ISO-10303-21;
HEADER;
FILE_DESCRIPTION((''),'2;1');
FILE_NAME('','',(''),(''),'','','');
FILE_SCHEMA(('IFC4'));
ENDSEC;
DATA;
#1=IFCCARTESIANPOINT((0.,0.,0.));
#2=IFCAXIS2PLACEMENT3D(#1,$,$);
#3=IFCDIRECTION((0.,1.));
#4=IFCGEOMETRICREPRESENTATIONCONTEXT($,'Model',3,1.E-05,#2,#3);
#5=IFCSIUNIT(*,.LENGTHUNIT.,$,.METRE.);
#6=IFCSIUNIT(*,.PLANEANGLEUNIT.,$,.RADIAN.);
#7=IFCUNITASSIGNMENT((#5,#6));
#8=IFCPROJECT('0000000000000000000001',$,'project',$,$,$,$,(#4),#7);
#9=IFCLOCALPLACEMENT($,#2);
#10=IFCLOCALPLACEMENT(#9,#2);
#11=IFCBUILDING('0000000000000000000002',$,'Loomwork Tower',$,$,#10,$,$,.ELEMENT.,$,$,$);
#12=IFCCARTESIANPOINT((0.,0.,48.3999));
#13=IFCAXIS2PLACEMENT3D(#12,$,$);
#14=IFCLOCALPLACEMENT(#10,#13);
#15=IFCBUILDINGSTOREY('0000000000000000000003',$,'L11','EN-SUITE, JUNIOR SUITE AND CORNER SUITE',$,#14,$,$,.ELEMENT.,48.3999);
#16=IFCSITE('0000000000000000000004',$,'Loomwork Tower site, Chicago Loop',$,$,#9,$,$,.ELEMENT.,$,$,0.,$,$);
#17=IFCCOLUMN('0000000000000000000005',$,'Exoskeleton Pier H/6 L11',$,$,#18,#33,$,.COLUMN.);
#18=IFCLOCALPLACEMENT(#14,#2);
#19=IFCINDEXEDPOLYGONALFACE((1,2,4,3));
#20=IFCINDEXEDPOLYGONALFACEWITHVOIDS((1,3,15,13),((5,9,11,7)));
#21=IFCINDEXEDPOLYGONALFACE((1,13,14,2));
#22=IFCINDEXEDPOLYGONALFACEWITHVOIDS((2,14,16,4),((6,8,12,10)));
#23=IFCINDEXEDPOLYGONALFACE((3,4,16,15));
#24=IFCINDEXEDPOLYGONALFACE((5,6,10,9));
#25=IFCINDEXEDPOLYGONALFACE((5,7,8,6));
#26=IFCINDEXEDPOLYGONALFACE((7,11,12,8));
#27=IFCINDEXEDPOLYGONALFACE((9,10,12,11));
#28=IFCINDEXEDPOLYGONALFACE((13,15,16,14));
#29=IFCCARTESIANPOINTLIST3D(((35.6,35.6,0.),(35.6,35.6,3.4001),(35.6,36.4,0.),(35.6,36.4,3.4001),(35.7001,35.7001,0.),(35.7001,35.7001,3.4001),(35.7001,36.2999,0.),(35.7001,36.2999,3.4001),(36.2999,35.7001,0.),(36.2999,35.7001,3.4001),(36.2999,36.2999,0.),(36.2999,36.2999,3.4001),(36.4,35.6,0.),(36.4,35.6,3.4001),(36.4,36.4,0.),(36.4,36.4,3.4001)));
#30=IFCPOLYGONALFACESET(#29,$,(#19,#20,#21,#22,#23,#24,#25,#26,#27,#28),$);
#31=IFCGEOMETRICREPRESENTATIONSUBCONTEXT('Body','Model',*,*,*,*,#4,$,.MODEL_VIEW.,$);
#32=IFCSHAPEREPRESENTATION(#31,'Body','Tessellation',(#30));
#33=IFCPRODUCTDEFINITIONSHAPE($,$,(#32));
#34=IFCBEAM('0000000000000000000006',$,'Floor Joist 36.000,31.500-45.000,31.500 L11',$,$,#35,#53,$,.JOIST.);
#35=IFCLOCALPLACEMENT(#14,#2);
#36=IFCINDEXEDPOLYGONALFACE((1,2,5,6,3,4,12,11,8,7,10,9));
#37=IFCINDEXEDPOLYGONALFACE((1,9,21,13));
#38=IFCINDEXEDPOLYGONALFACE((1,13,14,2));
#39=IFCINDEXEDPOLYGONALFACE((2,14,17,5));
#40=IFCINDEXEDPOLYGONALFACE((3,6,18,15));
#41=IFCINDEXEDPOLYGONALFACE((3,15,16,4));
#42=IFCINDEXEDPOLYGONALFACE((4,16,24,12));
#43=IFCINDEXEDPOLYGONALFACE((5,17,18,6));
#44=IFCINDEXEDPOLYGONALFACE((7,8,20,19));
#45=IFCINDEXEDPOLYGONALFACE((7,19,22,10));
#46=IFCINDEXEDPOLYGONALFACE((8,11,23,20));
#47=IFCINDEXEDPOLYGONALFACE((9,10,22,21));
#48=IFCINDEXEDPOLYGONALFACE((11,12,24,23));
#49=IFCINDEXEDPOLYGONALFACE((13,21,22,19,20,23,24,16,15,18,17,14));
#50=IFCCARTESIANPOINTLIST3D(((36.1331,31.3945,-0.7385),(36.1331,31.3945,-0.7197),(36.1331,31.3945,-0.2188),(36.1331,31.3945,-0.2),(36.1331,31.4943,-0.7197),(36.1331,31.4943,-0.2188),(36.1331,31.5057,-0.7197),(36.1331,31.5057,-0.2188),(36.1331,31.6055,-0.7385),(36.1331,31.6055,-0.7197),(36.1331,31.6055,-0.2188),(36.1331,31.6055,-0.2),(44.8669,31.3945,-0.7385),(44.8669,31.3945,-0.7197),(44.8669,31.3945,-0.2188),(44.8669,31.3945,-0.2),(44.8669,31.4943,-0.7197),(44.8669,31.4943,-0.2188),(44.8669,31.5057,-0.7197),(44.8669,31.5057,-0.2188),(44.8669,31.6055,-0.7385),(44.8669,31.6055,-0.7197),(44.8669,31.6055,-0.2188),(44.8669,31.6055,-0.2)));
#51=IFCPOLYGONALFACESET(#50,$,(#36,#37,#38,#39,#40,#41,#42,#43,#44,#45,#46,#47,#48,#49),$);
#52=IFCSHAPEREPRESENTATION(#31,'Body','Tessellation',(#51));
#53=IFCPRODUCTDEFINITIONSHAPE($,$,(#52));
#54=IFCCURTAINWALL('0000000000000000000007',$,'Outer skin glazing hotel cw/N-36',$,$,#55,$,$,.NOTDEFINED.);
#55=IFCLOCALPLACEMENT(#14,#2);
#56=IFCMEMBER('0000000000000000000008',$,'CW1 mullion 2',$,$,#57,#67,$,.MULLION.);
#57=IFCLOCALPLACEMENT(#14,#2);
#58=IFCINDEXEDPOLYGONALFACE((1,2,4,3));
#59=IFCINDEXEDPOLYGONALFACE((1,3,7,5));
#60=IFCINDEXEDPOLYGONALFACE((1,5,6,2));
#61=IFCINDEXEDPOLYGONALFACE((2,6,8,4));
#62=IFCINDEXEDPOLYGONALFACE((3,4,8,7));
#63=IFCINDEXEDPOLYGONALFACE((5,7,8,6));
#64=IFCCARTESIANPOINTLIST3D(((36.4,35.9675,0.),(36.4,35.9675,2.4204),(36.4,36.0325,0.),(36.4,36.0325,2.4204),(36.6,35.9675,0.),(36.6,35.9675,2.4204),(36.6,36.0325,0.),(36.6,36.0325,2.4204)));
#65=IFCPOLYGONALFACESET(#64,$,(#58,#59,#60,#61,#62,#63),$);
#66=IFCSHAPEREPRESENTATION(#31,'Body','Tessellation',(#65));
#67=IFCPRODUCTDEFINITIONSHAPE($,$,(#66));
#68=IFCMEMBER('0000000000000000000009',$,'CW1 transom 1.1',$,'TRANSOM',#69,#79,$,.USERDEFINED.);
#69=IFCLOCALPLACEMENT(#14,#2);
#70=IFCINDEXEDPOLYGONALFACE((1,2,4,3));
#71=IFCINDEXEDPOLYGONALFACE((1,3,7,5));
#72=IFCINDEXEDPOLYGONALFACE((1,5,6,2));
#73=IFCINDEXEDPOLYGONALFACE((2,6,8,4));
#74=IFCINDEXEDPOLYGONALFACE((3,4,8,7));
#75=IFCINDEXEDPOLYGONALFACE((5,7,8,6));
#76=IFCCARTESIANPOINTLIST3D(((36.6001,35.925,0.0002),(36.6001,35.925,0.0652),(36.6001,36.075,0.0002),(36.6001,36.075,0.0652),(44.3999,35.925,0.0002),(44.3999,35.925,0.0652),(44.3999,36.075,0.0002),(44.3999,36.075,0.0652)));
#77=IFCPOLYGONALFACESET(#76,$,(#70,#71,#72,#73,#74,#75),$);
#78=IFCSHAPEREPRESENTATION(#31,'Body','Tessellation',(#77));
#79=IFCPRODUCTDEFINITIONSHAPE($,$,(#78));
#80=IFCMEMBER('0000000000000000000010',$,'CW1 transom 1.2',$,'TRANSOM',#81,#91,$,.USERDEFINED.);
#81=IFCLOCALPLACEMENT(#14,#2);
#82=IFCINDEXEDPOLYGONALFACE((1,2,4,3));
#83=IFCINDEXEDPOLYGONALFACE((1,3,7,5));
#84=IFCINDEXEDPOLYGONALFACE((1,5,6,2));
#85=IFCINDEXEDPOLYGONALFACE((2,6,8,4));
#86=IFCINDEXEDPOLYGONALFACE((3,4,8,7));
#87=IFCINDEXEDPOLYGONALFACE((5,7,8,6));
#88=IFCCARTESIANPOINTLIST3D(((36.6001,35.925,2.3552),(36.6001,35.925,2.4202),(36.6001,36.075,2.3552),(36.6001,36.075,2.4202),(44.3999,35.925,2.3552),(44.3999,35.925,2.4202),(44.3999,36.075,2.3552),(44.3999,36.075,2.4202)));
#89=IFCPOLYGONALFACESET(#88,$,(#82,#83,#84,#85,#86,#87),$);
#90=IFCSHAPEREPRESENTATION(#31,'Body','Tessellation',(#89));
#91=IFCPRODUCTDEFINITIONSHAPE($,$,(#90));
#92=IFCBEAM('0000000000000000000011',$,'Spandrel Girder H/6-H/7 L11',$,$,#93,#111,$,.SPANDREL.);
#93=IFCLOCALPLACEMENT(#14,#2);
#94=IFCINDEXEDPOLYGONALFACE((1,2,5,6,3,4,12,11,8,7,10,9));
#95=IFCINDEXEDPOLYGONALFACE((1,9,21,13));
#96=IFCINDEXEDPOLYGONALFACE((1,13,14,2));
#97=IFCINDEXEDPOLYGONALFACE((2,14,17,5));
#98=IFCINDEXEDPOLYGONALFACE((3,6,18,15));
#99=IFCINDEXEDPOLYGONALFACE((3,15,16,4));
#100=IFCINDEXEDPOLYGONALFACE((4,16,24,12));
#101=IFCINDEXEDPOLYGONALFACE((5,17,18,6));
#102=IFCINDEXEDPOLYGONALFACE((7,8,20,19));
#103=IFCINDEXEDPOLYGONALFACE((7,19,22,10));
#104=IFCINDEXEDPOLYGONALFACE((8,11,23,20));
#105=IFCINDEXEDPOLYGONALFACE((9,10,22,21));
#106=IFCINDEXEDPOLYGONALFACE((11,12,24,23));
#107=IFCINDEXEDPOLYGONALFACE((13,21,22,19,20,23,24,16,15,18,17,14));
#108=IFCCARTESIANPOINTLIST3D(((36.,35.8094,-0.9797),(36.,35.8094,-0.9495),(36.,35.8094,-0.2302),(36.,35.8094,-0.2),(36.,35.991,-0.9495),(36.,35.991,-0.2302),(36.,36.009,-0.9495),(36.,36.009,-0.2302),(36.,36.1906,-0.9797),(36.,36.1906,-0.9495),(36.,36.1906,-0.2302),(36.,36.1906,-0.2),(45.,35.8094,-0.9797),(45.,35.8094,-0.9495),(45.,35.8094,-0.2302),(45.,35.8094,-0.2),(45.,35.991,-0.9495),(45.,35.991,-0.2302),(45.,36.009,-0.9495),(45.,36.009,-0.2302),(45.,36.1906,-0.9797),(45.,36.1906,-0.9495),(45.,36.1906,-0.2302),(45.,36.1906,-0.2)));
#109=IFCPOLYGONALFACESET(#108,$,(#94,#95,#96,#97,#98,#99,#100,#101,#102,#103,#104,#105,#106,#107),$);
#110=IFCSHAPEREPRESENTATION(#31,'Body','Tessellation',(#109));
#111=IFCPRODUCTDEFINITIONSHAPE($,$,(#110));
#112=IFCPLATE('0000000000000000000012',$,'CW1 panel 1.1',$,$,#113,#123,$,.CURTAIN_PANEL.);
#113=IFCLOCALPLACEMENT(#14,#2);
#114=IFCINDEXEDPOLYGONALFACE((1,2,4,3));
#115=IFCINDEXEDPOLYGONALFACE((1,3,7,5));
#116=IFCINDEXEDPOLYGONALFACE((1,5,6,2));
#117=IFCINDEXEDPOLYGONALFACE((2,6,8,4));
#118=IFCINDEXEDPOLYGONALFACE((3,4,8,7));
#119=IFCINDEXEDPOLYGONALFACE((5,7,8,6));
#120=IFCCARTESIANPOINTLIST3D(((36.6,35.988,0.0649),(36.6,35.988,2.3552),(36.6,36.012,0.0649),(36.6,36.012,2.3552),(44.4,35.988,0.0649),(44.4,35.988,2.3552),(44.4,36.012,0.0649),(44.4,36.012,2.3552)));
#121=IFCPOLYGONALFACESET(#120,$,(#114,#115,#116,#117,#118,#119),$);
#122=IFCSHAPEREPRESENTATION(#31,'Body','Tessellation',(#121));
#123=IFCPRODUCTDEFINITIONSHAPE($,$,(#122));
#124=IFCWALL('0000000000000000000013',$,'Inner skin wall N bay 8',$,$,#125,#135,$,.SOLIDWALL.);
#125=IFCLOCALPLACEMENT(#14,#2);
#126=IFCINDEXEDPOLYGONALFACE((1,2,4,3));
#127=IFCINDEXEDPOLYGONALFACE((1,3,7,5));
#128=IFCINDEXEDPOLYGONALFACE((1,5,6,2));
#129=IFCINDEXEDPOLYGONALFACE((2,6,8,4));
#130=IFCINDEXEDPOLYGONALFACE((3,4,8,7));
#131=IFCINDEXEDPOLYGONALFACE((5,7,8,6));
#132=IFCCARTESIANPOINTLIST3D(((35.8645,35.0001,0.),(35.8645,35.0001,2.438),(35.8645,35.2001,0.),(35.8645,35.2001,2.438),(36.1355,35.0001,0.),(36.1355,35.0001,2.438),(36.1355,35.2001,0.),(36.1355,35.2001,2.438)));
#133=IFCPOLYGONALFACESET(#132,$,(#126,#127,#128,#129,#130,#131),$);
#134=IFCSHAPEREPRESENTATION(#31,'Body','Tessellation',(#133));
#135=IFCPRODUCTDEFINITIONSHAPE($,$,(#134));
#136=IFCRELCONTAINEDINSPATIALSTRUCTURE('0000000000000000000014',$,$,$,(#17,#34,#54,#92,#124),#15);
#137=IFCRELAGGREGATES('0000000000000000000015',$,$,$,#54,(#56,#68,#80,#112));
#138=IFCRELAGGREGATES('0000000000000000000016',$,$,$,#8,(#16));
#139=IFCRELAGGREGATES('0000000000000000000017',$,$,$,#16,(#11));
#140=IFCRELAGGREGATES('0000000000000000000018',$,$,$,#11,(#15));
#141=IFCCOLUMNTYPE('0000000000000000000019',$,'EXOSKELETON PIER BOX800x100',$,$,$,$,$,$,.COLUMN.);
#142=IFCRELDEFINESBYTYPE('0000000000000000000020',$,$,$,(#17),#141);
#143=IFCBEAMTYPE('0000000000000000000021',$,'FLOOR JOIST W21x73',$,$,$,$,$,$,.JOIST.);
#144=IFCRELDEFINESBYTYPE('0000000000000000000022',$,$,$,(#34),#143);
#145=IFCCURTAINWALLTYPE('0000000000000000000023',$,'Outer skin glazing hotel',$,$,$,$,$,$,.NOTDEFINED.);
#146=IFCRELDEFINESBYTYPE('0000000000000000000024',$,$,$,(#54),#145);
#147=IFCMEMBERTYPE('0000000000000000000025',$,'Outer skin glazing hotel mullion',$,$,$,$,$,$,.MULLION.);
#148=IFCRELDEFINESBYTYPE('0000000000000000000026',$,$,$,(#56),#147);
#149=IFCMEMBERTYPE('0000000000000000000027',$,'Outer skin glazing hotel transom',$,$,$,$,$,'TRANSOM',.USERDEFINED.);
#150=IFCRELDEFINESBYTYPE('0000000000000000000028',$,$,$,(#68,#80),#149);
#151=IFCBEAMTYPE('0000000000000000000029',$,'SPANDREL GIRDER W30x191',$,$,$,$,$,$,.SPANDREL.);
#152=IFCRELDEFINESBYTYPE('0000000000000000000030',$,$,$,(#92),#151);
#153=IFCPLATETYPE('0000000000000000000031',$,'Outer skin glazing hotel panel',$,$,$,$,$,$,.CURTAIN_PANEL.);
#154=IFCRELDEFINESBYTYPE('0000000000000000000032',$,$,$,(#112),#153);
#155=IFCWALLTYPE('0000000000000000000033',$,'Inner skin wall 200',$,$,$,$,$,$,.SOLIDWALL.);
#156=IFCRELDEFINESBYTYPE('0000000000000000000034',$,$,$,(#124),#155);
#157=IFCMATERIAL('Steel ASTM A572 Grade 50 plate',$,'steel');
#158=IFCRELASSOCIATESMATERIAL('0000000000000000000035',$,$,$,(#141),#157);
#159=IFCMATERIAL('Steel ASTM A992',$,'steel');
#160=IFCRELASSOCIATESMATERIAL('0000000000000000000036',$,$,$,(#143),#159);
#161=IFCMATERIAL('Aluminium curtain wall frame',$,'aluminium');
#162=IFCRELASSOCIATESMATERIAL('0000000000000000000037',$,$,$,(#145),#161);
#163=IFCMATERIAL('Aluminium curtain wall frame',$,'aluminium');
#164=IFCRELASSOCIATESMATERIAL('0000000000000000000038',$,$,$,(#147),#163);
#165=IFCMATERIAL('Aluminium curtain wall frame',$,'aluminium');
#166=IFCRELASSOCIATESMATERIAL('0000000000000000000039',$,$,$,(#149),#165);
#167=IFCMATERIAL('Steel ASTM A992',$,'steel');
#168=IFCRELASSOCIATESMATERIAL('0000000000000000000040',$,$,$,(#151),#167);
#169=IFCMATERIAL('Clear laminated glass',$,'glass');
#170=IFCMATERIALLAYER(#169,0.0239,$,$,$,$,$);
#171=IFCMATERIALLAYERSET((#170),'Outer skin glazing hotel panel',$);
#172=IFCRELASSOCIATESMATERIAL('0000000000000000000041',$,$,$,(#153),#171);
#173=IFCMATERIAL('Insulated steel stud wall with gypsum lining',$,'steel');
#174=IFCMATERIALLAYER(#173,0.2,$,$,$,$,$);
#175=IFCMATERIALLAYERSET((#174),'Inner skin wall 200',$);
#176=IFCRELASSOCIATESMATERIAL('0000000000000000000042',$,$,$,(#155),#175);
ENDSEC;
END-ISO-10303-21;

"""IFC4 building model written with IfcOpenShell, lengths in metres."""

from ifc_helpers import new_model, si_unit, direction, frame, frame_2d, origin, origin_2d, place, context, subcontext, project, spatial, rectangle, hollow_rectangle, i_section, extrude, material, layer, layer_set, material_profile, profile_set, type_object, element, aggregate, save


model = new_model("IFC4")

# Units and contexts
model_context = context("Model", 3, precision=1e-05, world=origin(), true_north=direction((0.0, 1.0)))
body_context = subcontext(model_context, "Body", "Model", "MODEL_VIEW")
ifc_project = project(units=[si_unit("LENGTHUNIT", "METRE"), si_unit("PLANEANGLEUNIT", "RADIAN")], contexts=[model_context])

# Site, building, storey
site_placement = place(None, origin())
site = spatial("IfcSite", under=ifc_project, at=site_placement, Name="Loomwork Tower site, Chicago Loop", CompositionType="ELEMENT", RefElevation=0.0)
building_placement = place(site_placement, origin())
building = spatial("IfcBuilding", under=site, at=building_placement, Name="Loomwork Tower", CompositionType="ELEMENT")
storey_placement = place(building_placement, frame((0.0, 0.0, 48.3999)))
storey = spatial("IfcBuildingStorey", under=building, at=storey_placement, Name="L11", Description="EN-SUITE, JUNIOR SUITE AND CORNER SUITE", CompositionType="ELEMENT", Elevation=48.3999)

# Column
ifc_material_1 = material(Name="Steel ASTM A572 Grade 50 plate", Category="steel")
ifc_material_profile_1 = material_profile(ifc_material_1, hollow_rectangle(XDim=0.8, YDim=0.8, WallThickness=0.1001, at=origin_2d()), Name="BOX800x100")
ifc_profile_set_1 = profile_set([ifc_material_profile_1], Name="Steel ASTM A572 Grade 50 plate")
column_type = type_object("IfcColumnType", Name="EXOSKELETON PIER BOX800x100", PredefinedType="COLUMN", material=ifc_profile_set_1)
column_placement = place(storey_placement, frame((36.0, 36.0, 0.0), z_axis=(0.0, 0.0, 1.0), x_axis=(1.0, 0.0, 0.0)))
element("IfcColumn", 1, at=column_placement, inside=storey, type_object=column_type, Name="Exoskeleton Pier H/6 L11", PredefinedType="COLUMN", context=body_context, shape_type="SweptSolid", body=[
    extrude(hollow_rectangle(XDim=0.8, YDim=0.8, WallThickness=0.1001, at=origin_2d()), origin(), (0.0, 0.0, 1.0), 3.4001),
])

# Beam
ifc_material_2 = material(Name="Steel ASTM A992", Category="steel")
ifc_material_profile_2 = material_profile(ifc_material_2, i_section(OverallWidth=0.2109, OverallDepth=0.5386, WebThickness=0.0115, FlangeThickness=0.0188, at=origin_2d()), Name="W21x73")
ifc_profile_set_2 = profile_set([ifc_material_profile_2], Name="Steel ASTM A992")
beam_type_1 = type_object("IfcBeamType", Name="FLOOR JOIST W21x73", PredefinedType="JOIST", material=ifc_profile_set_2)
beam_1_placement = place(storey_placement, frame((36.1331, 31.5, -0.4692), z_axis=(1.0, 0.0, 0.0), x_axis=(0.0, 1.0, 0.0)))
element("IfcBeam", 2, at=beam_1_placement, inside=storey, type_object=beam_type_1, Name="Floor Joist 36.000,31.500-45.000,31.500 L11", PredefinedType="JOIST", context=body_context, shape_type="SweptSolid", body=[
    extrude(i_section(OverallWidth=0.2109, OverallDepth=0.5386, WebThickness=0.0115, FlangeThickness=0.0188, at=origin_2d()), origin(), (0.0, 0.0, 1.0), 8.7339),
])

# Curtain wall, members
ifc_material_3 = material(Name="Aluminium curtain wall frame", Category="aluminium")
curtain_wall_type = type_object("IfcCurtainWallType", Name="Outer skin glazing hotel", PredefinedType="NOTDEFINED", material=ifc_material_3)
curtain_wall_placement = place(storey_placement, origin())
curtain_wall = element("IfcCurtainWall", 3, at=curtain_wall_placement, inside=storey, type_object=curtain_wall_type, Name="Outer skin glazing hotel cw/N-36", PredefinedType="NOTDEFINED")
ifc_material_4 = material(Name="Aluminium curtain wall frame", Category="aluminium")
ifc_material_profile_3 = material_profile(ifc_material_4, rectangle(XDim=0.0649, YDim=0.2, at=origin_2d()), Name="AL 65x200")
ifc_profile_set_3 = profile_set([ifc_material_profile_3], Name="Aluminium curtain wall frame")
member_type_1 = type_object("IfcMemberType", Name="Outer skin glazing hotel mullion", PredefinedType="MULLION", material=ifc_profile_set_3)
member_1_placement = place(storey_placement, frame((36.5, 36.0, 0.0), z_axis=(0.0, 0.0, 1.0), x_axis=(0.0, -1.0, 0.0)))
member_1 = element("IfcMember", 4, at=member_1_placement, type_object=member_type_1, Name="CW1 mullion 2", PredefinedType="MULLION", context=body_context, shape_type="SweptSolid", body=[
    extrude(rectangle(XDim=0.0649, YDim=0.2, at=origin_2d()), origin(), (0.0, 0.0, 1.0), 2.4204),
])
ifc_material_5 = material(Name="Aluminium curtain wall frame", Category="aluminium")
ifc_material_profile_4 = material_profile(ifc_material_5, rectangle(XDim=0.1499, YDim=0.0649, at=origin_2d()), Name="AL 65x150")
ifc_profile_set_4 = profile_set([ifc_material_profile_4], Name="Aluminium curtain wall frame")
member_type_2 = type_object("IfcMemberType", Name="Outer skin glazing hotel transom", ElementType="TRANSOM", PredefinedType="USERDEFINED", material=ifc_profile_set_4)
member_2_placement = place(storey_placement, frame((44.3999, 36.0, 0.0327), z_axis=(-1.0, 0.0, 0.0), x_axis=(0.0, -1.0, 0.0)))
member_2 = element("IfcMember", 5, at=member_2_placement, type_object=member_type_2, Name="CW1 transom 1.1", ObjectType="TRANSOM", PredefinedType="USERDEFINED", context=body_context, shape_type="SweptSolid", body=[
    extrude(rectangle(XDim=0.1499, YDim=0.0649, at=origin_2d()), origin(), (0.0, 0.0, 1.0), 7.7998),
])
member_3_placement = place(storey_placement, frame((44.3999, 36.0, 2.3877), z_axis=(-1.0, 0.0, 0.0), x_axis=(0.0, -1.0, 0.0)))
member_3 = element("IfcMember", 6, at=member_3_placement, type_object=member_type_2, Name="CW1 transom 1.2", ObjectType="TRANSOM", PredefinedType="USERDEFINED", context=body_context, shape_type="SweptSolid", body=[
    extrude(rectangle(XDim=0.1499, YDim=0.0649, at=origin_2d()), origin(), (0.0, 0.0, 1.0), 7.7998),
])

# Beam
ifc_material_6 = material(Name="Steel ASTM A992", Category="steel")
ifc_material_profile_5 = material_profile(ifc_material_6, i_section(OverallWidth=0.3811, OverallDepth=0.7798, WebThickness=0.0181, FlangeThickness=0.0303, at=origin_2d()), Name="W30x191")
ifc_profile_set_5 = profile_set([ifc_material_profile_5], Name="Steel ASTM A992")
beam_type_2 = type_object("IfcBeamType", Name="SPANDREL GIRDER W30x191", PredefinedType="SPANDREL", material=ifc_profile_set_5)
beam_2_placement = place(storey_placement, frame((36.0, 36.0, -0.5898), z_axis=(1.0, 0.0, 0.0), x_axis=(0.0, 1.0, 0.0)))
element("IfcBeam", 7, at=beam_2_placement, inside=storey, type_object=beam_type_2, Name="Spandrel Girder H/6-H/7 L11", PredefinedType="SPANDREL", context=body_context, shape_type="SweptSolid", body=[
    extrude(i_section(OverallWidth=0.3811, OverallDepth=0.7798, WebThickness=0.0181, FlangeThickness=0.0303, at=origin_2d()), origin(), (0.0, 0.0, 1.0), 9.0),
])

# Plate
ifc_material_7 = material(Name="Clear laminated glass", Category="glass")
ifc_layer_1 = layer(ifc_material_7, 0.0239)
ifc_layer_set_1 = layer_set([ifc_layer_1], Name="Outer skin glazing hotel panel")
plate_type = type_object("IfcPlateType", Name="Outer skin glazing hotel panel", PredefinedType="CURTAIN_PANEL", material=ifc_layer_set_1)
plate_placement = place(storey_placement, frame((40.5, 36.0, 0.0649), z_axis=(0.0, 0.0, 1.0), x_axis=(-1.0, 0.0, 0.0)))
plate = element("IfcPlate", 8, at=plate_placement, type_object=plate_type, Name="CW1 panel 1.1", PredefinedType="CURTAIN_PANEL", context=body_context, shape_type="SweptSolid", body=[
    extrude(rectangle(XDim=7.8, YDim=0.0239, at=origin_2d()), origin(), (0.0, 0.0, 1.0), 2.2903),
])
aggregate(curtain_wall, [member_1, member_2, member_3, plate])

# Wall
ifc_material_8 = material(Name="Insulated steel stud wall with gypsum lining", Category="steel")
ifc_layer_2 = layer(ifc_material_8, 0.2)
ifc_layer_set_2 = layer_set([ifc_layer_2], Name="Inner skin wall 200")
wall_type = type_object("IfcWallType", Name="Inner skin wall 200", PredefinedType="SOLIDWALL", material=ifc_layer_set_2)
wall_1_placement = place(storey_placement, frame((35.8645, 35.1001, 0.0), z_axis=(0.0, 0.0, 1.0), x_axis=(1.0, 0.0, 0.0)))
element("IfcWall", 9, at=wall_1_placement, inside=storey, type_object=wall_type, Name="Inner skin wall N bay 8", PredefinedType="SOLIDWALL", context=body_context, shape_type="SweptSolid", body=[
    extrude(rectangle(XDim=0.271, YDim=0.2, at=frame_2d((0.1355, 0.0))), origin(), (0.0, 0.0, 1.0), 2.438),
])

save(model, "model.ifc")
